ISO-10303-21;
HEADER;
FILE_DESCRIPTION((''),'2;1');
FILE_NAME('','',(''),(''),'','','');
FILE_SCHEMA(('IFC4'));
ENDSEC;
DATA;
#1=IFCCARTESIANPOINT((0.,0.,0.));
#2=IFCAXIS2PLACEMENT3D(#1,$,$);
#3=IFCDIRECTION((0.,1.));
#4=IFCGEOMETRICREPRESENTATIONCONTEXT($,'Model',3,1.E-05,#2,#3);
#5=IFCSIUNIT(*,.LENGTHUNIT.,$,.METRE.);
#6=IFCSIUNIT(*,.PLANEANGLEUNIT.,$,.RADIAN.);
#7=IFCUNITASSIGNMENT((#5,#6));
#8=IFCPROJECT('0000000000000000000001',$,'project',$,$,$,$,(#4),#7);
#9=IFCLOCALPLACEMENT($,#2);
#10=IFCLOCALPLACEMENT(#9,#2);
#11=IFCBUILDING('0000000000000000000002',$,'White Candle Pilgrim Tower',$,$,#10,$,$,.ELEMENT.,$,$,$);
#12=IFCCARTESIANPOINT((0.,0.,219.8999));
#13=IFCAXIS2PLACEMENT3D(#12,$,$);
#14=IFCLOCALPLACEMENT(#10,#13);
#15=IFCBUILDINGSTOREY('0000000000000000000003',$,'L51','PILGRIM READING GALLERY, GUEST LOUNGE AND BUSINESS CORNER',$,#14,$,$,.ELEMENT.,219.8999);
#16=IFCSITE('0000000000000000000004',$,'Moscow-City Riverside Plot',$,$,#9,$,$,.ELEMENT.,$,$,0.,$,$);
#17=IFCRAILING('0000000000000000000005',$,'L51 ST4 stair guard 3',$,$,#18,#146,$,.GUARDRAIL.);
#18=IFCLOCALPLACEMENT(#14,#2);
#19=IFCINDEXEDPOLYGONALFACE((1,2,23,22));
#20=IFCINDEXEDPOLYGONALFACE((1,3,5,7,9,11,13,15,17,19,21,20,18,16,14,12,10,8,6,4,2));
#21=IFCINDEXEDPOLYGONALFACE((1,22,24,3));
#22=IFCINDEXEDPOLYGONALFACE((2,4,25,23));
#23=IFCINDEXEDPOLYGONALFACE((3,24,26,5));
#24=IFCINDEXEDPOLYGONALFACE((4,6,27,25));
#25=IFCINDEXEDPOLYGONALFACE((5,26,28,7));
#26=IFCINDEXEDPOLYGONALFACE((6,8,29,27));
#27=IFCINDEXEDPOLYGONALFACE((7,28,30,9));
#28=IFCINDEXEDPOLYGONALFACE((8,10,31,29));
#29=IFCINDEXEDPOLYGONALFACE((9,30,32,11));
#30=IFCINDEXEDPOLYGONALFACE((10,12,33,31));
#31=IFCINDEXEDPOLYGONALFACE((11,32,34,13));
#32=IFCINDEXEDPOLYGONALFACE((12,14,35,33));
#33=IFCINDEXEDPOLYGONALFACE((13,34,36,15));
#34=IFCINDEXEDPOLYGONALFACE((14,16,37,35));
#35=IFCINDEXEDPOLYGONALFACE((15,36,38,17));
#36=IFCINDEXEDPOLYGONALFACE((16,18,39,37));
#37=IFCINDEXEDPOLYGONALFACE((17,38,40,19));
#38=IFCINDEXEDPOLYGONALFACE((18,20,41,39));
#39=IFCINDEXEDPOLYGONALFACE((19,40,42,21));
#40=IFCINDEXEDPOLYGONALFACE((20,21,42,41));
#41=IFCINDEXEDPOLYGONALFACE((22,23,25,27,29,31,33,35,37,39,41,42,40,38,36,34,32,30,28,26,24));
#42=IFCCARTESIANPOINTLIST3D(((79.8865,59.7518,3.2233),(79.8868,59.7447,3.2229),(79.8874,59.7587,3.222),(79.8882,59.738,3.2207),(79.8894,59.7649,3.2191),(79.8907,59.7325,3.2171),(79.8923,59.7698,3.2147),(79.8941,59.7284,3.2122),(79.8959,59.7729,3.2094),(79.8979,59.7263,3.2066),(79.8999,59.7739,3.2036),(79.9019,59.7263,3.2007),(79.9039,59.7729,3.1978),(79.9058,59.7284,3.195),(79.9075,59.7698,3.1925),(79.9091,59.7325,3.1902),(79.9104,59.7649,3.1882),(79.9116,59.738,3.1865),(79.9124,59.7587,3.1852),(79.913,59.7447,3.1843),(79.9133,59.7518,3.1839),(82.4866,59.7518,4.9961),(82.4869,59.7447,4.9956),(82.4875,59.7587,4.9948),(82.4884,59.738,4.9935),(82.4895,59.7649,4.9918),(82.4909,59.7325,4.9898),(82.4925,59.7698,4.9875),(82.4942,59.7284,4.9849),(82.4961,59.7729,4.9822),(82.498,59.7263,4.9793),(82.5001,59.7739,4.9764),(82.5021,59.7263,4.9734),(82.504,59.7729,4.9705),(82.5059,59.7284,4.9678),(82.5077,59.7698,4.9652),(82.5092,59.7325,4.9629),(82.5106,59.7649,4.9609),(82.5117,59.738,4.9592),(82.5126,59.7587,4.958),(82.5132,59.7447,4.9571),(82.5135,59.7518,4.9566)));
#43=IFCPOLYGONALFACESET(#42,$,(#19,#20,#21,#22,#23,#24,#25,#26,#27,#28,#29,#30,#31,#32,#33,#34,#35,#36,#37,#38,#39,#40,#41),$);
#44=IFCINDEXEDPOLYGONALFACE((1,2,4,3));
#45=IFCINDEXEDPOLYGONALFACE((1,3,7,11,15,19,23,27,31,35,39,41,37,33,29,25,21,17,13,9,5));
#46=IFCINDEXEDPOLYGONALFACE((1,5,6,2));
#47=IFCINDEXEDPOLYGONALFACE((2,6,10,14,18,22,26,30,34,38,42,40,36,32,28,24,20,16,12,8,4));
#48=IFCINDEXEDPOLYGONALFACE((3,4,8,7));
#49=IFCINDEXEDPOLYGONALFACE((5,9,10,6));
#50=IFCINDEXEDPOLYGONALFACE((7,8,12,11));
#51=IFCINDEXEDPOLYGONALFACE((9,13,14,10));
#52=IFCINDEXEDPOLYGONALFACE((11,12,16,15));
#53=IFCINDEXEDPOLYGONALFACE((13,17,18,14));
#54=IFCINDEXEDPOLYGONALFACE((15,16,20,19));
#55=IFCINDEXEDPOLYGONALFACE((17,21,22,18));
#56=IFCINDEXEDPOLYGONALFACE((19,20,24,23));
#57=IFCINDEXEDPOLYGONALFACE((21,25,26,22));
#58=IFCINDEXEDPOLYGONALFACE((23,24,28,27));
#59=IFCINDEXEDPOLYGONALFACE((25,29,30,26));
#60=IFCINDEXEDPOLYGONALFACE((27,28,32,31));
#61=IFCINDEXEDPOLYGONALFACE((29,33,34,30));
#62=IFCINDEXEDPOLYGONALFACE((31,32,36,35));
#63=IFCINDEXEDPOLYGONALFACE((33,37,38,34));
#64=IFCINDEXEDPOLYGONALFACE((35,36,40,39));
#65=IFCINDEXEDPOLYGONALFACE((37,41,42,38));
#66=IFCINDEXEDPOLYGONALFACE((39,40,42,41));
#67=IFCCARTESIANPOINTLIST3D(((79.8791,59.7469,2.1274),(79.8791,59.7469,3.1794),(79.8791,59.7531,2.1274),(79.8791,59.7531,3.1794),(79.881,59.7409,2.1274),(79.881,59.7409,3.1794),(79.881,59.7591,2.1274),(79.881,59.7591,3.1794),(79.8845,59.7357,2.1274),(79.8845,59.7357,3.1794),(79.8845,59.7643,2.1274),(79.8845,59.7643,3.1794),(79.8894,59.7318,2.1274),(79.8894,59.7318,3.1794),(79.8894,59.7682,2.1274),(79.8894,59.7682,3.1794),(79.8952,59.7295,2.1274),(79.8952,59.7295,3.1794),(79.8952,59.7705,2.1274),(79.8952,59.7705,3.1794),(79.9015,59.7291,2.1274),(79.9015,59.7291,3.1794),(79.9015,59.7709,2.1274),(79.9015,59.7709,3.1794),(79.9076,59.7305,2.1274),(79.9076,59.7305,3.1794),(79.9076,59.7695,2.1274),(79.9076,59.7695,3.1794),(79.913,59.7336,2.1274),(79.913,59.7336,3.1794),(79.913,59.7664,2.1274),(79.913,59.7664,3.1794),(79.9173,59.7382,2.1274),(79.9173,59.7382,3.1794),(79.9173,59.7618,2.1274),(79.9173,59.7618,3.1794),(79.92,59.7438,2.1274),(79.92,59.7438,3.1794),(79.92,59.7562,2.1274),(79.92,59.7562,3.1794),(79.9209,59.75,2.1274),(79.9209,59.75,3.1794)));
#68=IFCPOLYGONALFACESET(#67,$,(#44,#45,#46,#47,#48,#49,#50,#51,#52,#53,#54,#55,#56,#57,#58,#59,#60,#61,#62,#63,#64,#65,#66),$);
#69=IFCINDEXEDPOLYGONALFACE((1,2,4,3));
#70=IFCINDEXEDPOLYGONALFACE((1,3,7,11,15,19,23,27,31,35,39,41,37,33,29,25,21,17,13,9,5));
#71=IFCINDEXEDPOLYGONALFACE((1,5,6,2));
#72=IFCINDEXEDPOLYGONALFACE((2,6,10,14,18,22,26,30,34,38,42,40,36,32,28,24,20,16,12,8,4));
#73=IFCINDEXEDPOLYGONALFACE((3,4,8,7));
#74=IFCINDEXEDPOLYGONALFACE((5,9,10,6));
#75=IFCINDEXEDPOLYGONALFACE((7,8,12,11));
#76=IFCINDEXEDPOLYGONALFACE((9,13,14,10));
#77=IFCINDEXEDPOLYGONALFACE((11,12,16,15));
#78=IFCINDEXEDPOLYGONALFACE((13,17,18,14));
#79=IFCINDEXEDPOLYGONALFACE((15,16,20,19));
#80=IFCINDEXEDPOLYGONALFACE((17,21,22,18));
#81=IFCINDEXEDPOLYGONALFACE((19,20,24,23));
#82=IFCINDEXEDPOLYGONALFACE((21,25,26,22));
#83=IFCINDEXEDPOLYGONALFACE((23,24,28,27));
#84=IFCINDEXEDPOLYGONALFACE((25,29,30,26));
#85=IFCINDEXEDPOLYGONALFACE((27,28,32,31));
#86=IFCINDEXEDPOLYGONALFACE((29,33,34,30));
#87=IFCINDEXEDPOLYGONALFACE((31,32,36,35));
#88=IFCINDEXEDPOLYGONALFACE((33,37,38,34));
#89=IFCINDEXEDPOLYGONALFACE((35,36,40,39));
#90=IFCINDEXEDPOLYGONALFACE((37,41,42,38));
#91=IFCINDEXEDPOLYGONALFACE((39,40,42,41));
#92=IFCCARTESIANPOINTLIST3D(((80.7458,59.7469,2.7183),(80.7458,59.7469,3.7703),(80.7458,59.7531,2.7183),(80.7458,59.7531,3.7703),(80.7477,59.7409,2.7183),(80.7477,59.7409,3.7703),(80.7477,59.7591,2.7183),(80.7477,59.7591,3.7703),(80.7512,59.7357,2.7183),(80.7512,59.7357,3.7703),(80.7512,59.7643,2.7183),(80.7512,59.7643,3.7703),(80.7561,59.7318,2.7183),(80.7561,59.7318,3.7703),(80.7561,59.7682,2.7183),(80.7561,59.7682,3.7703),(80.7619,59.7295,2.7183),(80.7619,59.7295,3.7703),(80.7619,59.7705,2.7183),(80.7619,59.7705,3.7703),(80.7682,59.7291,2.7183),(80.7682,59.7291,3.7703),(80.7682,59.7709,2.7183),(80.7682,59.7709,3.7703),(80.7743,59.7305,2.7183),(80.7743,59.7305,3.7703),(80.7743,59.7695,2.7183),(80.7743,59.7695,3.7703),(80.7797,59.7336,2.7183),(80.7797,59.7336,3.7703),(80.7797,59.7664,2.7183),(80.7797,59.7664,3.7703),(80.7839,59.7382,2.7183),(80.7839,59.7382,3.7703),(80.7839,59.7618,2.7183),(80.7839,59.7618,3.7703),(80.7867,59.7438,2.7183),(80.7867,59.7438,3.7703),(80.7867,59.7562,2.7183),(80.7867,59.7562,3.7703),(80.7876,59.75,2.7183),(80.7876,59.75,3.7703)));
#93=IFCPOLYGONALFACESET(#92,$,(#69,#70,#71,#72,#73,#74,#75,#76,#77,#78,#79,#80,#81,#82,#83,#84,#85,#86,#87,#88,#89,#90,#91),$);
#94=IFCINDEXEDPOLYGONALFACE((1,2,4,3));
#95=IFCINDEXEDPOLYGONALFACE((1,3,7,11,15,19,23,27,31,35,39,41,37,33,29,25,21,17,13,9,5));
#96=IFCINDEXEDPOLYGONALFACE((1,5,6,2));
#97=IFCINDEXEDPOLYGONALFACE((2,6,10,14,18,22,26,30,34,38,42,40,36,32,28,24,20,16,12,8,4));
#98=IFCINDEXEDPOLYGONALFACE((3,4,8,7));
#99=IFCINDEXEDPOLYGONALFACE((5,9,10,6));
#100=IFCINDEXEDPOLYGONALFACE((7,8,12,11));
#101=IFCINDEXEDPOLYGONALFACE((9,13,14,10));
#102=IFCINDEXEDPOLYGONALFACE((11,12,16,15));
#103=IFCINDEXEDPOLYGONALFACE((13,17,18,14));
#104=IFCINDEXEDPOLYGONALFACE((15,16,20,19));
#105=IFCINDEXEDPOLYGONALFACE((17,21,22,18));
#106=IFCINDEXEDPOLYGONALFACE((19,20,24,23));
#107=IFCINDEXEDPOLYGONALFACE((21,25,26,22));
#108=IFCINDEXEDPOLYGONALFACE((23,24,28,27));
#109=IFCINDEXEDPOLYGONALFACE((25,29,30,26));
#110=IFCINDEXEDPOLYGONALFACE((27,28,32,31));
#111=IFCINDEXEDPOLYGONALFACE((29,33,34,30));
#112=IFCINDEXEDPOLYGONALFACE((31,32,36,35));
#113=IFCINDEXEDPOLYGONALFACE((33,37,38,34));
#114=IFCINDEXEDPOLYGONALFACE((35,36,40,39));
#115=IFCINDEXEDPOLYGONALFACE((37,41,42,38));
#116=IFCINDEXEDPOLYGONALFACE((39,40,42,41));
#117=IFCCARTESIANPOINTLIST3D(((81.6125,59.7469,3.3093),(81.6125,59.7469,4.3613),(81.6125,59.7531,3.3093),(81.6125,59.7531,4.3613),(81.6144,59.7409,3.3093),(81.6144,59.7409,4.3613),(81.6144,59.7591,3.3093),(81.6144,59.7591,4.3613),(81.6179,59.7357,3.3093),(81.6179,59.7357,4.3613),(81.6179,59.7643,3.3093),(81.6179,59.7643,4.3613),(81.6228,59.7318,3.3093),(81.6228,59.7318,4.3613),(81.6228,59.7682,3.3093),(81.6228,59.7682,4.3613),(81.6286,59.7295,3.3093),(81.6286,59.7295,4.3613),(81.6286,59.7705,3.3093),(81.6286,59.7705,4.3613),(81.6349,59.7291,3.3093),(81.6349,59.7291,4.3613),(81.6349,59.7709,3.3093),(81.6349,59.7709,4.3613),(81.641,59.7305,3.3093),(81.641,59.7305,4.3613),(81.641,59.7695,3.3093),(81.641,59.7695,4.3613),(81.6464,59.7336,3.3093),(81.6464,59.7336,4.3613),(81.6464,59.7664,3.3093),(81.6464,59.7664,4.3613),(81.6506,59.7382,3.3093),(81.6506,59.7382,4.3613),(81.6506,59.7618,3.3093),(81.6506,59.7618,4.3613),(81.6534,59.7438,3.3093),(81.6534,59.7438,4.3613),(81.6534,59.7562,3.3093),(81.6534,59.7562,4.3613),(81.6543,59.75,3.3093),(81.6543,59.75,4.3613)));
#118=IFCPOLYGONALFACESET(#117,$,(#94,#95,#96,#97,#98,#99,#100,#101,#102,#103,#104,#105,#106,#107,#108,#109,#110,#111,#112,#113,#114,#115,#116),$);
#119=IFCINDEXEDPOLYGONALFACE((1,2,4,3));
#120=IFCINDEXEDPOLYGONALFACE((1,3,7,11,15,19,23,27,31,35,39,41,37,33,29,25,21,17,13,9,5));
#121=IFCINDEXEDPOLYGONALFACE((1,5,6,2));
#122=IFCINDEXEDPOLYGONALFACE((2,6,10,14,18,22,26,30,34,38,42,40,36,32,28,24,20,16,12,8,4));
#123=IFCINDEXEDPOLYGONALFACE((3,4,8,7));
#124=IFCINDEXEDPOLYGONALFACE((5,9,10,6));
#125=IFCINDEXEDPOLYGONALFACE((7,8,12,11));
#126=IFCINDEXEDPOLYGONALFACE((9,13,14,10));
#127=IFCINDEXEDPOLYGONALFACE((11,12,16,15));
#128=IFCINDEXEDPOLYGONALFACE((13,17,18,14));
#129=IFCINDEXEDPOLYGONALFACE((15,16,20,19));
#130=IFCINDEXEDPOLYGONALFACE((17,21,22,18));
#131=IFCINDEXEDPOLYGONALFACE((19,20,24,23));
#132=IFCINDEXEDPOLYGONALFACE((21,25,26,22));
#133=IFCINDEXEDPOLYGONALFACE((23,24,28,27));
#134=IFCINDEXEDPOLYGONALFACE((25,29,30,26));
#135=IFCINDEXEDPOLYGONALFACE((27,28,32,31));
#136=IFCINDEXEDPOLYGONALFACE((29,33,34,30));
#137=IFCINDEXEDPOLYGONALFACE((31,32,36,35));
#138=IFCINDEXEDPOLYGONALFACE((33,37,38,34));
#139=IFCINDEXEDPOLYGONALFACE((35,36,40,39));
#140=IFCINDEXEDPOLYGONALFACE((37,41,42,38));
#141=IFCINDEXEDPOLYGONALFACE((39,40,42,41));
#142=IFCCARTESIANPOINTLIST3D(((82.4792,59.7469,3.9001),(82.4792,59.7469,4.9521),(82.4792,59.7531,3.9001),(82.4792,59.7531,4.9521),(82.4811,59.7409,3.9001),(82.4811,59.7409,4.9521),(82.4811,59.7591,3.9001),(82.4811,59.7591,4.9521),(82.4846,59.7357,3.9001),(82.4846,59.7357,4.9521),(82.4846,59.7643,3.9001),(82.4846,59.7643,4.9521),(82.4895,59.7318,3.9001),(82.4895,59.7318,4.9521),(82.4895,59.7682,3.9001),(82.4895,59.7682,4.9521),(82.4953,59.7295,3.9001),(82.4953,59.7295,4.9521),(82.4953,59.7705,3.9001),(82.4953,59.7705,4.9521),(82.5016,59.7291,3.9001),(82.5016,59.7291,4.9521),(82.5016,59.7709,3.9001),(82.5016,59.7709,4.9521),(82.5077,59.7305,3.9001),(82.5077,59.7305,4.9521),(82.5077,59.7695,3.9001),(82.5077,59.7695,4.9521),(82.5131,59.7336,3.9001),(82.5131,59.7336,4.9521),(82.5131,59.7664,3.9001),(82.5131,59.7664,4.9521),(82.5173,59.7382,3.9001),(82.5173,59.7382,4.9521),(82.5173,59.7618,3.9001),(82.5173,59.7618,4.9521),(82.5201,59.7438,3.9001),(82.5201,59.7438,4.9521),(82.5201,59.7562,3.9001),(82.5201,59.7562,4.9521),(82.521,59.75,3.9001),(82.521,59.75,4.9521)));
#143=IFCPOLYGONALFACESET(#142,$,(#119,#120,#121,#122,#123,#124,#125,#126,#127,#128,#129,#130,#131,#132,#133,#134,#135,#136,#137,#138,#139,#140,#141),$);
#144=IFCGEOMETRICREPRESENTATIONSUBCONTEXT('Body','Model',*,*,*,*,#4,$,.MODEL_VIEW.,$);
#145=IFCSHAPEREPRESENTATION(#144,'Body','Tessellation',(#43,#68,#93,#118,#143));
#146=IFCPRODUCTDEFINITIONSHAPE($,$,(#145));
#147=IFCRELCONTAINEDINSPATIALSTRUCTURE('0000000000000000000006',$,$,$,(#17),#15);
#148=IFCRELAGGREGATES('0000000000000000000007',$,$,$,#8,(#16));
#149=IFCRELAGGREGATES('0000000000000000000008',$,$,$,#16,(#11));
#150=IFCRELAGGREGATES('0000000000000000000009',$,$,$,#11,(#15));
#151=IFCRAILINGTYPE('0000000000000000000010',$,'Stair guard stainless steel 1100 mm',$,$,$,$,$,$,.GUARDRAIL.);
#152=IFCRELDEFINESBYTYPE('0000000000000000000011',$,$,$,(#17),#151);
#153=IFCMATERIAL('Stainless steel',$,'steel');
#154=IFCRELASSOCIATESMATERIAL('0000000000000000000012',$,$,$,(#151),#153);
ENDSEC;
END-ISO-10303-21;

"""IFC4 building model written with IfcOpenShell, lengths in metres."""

from ifc_helpers import new_model, si_unit, direction, frame, origin, origin_2d, place, context, subcontext, project, spatial, circle, extrude, material, type_object, element, save


model = new_model("IFC4")

# Units and contexts
model_context = context("Model", 3, precision=1e-05, world=origin(), true_north=direction((0.0, 1.0)))
body_context = subcontext(model_context, "Body", "Model", "MODEL_VIEW")
ifc_project = project(units=[si_unit("LENGTHUNIT", "METRE"), si_unit("PLANEANGLEUNIT", "RADIAN")], contexts=[model_context])

# Site, building, storey
site_placement = place(None, origin())
site = spatial("IfcSite", under=ifc_project, at=site_placement, Name="Moscow-City Riverside Plot", CompositionType="ELEMENT", RefElevation=0.0)
building_placement = place(site_placement, origin())
building = spatial("IfcBuilding", under=site, at=building_placement, Name="White Candle Pilgrim Tower", CompositionType="ELEMENT")
storey_placement = place(building_placement, frame((0.0, 0.0, 219.8999)))
storey = spatial("IfcBuildingStorey", under=building, at=storey_placement, Name="L51", Description="PILGRIM READING GALLERY, GUEST LOUNGE AND BUSINESS CORNER", CompositionType="ELEMENT", Elevation=219.8999)

# Railing
ifc_material_1 = material(Name="Stainless steel", Category="steel")
railing_type_1 = type_object("IfcRailingType", Name="Stair guard stainless steel 1100 mm", PredefinedType="GUARDRAIL", material=ifc_material_1)
railing_1_placement = place(storey_placement, frame((79.8999, 59.75, 2.1274)))
element("IfcRailing", 1, at=railing_1_placement, inside=storey, type_object=railing_type_1, Name="L51 ST4 stair guard 3", PredefinedType="GUARDRAIL", context=body_context, shape_type="SweptSolid", body=[
    extrude(circle(Radius=0.0239, at=origin_2d()), frame((0.0, 0.0, 1.0762), z_axis=(0.82624, 0.0, 0.563318), x_axis=(0.0, 1.0, 0.0)), (0.0, 0.0, 1.0), 3.147),
    extrude(circle(Radius=0.021, at=origin_2d()), origin(), (0.0, 0.0, 1.0), 1.052),
    extrude(circle(Radius=0.021, at=origin_2d()), frame((0.8667, 0.0, 0.5908)), (0.0, 0.0, 1.0), 1.052),
    extrude(circle(Radius=0.021, at=origin_2d()), frame((1.7334, 0.0, 1.1819)), (0.0, 0.0, 1.0), 1.052),
    extrude(circle(Radius=0.021, at=origin_2d()), frame((2.6001, 0.0, 1.7727)), (0.0, 0.0, 1.0), 1.052),
])

save(model, "model.ifc")
